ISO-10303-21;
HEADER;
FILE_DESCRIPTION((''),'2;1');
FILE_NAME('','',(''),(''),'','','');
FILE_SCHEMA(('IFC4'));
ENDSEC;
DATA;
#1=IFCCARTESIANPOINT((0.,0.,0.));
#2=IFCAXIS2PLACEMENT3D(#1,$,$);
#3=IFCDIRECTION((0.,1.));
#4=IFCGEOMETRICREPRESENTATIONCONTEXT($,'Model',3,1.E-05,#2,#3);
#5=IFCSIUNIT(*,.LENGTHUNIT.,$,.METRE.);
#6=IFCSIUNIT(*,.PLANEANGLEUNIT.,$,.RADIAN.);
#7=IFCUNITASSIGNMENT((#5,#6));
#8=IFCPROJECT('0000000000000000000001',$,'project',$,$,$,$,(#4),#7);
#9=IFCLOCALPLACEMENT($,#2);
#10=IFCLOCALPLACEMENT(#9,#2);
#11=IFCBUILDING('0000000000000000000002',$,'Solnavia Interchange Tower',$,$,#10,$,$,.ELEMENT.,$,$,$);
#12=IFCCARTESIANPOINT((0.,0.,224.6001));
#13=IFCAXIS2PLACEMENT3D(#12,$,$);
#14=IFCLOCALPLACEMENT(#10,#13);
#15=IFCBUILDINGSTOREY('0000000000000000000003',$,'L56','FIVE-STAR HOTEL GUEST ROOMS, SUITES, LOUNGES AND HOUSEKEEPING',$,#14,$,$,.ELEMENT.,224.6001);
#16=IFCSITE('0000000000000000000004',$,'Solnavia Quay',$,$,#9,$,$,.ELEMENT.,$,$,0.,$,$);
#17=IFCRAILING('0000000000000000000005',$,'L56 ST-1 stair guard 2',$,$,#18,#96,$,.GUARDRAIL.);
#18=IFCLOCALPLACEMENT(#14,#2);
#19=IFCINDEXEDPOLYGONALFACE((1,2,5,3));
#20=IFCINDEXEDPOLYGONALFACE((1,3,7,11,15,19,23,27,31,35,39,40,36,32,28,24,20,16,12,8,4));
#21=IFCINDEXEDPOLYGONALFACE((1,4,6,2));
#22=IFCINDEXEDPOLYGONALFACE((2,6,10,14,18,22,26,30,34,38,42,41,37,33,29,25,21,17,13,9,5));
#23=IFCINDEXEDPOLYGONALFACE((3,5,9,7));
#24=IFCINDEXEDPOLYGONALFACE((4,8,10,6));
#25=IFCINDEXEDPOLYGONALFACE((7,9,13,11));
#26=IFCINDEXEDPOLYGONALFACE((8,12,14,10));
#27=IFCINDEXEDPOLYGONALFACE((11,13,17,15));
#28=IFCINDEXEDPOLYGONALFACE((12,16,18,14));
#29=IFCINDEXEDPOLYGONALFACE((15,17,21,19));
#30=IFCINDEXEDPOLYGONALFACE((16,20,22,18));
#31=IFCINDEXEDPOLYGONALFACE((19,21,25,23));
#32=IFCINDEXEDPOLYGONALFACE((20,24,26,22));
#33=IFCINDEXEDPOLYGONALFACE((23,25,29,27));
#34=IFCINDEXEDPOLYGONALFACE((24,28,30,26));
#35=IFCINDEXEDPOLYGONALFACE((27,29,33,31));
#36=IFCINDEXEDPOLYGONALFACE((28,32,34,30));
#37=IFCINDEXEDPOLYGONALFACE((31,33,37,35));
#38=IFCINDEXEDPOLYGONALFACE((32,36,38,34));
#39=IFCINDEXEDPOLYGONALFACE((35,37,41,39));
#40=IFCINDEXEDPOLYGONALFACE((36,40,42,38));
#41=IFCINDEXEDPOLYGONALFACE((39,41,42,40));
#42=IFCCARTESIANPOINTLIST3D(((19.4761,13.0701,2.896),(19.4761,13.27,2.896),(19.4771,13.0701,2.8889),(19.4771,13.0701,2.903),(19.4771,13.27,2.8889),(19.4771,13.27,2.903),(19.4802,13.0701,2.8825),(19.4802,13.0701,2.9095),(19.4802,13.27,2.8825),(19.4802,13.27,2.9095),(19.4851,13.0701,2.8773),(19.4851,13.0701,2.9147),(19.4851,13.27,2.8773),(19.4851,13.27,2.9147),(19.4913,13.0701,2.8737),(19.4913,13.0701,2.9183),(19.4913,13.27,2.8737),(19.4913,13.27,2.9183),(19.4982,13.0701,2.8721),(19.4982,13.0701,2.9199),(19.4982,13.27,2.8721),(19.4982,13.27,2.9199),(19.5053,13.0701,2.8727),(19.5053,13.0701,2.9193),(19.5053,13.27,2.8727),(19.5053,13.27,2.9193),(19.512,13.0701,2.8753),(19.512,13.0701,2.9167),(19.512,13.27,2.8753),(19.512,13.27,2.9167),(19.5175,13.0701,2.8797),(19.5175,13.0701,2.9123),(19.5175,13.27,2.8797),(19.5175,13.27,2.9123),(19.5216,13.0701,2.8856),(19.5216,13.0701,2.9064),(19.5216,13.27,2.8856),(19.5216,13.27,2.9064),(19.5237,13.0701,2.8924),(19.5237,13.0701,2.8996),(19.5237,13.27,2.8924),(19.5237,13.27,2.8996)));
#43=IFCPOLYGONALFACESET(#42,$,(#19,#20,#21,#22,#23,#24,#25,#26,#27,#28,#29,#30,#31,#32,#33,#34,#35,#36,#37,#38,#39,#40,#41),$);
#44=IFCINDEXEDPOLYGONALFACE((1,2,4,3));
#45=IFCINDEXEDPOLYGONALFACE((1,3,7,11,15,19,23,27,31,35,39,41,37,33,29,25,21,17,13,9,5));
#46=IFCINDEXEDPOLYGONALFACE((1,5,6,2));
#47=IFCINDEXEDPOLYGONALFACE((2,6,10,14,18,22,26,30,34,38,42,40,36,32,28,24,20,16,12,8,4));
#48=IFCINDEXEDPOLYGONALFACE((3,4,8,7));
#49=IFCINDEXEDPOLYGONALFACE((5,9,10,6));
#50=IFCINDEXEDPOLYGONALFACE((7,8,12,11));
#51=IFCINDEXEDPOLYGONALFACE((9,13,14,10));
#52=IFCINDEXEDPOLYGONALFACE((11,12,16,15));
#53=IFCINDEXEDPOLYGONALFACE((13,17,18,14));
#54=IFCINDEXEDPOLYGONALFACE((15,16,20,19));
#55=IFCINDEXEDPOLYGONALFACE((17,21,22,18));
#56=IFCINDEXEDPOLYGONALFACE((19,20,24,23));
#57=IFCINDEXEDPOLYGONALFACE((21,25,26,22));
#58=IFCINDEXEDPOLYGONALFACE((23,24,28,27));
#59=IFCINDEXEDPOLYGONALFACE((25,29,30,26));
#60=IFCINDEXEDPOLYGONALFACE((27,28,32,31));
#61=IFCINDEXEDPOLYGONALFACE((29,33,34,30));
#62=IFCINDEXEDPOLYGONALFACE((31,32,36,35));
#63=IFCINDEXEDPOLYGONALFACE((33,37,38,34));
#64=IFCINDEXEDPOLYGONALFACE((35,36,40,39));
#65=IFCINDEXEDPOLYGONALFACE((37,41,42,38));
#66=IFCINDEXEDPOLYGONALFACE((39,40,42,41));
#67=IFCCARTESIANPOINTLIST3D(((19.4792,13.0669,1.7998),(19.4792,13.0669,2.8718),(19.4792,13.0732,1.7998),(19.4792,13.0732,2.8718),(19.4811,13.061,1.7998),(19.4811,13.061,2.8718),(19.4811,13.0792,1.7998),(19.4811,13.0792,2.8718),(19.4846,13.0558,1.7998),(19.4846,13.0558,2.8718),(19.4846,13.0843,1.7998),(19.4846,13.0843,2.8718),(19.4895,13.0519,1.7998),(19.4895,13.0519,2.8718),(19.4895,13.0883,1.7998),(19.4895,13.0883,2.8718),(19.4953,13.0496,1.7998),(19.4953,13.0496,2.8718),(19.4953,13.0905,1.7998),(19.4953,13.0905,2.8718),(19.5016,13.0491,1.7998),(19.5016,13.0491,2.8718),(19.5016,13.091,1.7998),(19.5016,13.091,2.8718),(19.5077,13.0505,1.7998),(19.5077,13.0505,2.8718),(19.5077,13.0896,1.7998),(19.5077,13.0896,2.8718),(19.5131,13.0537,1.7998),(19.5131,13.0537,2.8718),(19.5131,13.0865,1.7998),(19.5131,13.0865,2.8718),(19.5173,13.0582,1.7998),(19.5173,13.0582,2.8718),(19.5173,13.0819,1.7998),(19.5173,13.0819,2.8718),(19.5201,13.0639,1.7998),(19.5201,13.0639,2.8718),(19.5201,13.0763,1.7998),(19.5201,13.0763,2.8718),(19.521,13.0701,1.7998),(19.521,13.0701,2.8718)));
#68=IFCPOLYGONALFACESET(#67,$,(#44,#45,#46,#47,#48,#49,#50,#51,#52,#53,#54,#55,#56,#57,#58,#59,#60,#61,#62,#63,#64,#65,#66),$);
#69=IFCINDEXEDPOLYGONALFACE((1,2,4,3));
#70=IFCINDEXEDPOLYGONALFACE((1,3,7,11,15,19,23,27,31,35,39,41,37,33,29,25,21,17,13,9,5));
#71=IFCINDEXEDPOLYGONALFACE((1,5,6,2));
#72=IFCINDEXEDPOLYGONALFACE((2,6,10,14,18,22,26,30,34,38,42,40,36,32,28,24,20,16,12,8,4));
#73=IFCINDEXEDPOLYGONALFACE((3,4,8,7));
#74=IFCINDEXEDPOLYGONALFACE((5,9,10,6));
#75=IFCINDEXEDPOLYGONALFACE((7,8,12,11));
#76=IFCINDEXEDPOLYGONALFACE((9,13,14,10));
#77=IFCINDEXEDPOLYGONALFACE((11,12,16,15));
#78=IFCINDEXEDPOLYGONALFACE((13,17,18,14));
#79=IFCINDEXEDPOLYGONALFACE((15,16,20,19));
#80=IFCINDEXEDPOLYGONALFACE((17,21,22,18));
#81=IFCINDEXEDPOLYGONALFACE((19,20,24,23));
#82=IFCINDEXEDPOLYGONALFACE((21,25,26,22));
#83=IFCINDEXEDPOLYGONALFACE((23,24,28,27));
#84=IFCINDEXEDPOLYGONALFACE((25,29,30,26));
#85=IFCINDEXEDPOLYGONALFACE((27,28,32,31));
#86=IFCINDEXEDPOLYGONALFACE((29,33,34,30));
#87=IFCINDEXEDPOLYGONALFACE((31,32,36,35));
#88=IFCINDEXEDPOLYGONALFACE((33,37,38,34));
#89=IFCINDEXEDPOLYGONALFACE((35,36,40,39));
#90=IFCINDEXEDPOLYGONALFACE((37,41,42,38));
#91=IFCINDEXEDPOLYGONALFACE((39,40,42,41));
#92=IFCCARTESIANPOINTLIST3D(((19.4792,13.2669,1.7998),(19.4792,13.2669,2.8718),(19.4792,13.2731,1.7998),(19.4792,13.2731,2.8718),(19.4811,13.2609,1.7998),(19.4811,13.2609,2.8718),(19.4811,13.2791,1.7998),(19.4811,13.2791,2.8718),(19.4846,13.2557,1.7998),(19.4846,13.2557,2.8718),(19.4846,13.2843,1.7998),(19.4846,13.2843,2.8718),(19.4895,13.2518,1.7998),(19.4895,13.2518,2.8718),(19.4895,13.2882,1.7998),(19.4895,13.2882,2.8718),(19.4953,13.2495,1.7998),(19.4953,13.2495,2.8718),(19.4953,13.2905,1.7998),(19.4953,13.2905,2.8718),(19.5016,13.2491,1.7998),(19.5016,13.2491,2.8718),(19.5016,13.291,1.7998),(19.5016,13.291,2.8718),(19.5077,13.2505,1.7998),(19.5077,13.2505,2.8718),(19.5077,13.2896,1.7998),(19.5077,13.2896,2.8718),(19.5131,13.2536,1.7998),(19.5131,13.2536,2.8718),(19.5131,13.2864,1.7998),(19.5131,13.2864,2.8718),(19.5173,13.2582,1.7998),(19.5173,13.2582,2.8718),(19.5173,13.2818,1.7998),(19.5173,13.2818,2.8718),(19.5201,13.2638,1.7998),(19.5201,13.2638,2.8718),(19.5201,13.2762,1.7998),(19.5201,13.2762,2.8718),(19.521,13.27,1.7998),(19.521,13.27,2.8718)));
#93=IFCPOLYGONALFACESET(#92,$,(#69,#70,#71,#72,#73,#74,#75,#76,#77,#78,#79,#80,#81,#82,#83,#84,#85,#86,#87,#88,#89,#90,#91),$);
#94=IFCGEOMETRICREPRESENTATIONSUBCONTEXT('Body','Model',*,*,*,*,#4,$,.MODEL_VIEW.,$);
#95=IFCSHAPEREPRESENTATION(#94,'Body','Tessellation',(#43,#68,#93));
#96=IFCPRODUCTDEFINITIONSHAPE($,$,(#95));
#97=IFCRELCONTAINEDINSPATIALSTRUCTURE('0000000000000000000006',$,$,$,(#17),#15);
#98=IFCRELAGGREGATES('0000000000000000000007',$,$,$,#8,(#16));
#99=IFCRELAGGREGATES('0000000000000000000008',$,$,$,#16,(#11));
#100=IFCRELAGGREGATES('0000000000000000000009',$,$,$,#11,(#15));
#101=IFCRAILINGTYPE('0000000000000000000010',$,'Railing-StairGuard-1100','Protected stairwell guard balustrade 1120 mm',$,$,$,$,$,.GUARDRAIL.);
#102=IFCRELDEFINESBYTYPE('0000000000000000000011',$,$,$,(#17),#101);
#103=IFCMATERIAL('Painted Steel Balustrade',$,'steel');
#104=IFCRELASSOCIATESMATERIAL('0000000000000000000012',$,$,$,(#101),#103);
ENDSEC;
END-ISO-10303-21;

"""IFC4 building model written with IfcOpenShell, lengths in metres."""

from ifc_helpers import new_model, si_unit, direction, frame, origin, origin_2d, place, context, subcontext, project, spatial, circle, extrude, material, type_object, element, save


model = new_model("IFC4")

# Units and contexts
model_context = context("Model", 3, precision=1e-05, world=origin(), true_north=direction((0.0, 1.0)))
body_context = subcontext(model_context, "Body", "Model", "MODEL_VIEW")
ifc_project = project(units=[si_unit("LENGTHUNIT", "METRE"), si_unit("PLANEANGLEUNIT", "RADIAN")], contexts=[model_context])

# Site, building, storey
site_placement = place(None, origin())
site = spatial("IfcSite", under=ifc_project, at=site_placement, Name="Solnavia Quay", CompositionType="ELEMENT", RefElevation=0.0)
building_placement = place(site_placement, origin())
building = spatial("IfcBuilding", under=site, at=building_placement, Name="Solnavia Interchange Tower", CompositionType="ELEMENT")
storey_placement = place(building_placement, frame((0.0, 0.0, 224.6001)))
storey = spatial("IfcBuildingStorey", under=building, at=storey_placement, Name="L56", Description="FIVE-STAR HOTEL GUEST ROOMS, SUITES, LOUNGES AND HOUSEKEEPING", CompositionType="ELEMENT", Elevation=224.6001)

# Railing
ifc_material_1 = material(Name="Painted Steel Balustrade", Category="steel")
railing_type_1 = type_object("IfcRailingType", Name="Railing-StairGuard-1100", Description="Protected stairwell guard balustrade 1120 mm", PredefinedType="GUARDRAIL", material=ifc_material_1)
railing_1_placement = place(storey_placement, frame((19.5, 13.0701, 1.7998)))
element("IfcRailing", 1, at=railing_1_placement, inside=storey, type_object=railing_type_1, Name="L56 ST-1 stair guard 2", PredefinedType="GUARDRAIL", context=body_context, shape_type="SweptSolid", body=[
    extrude(circle(Radius=0.0239, at=origin_2d()), frame((0.0, 0.0, 1.0962), z_axis=(0.0, 1.0, 0.0), x_axis=(-1.0, 0.0, 0.0)), (0.0, 0.0, 1.0), 0.2),
    extrude(circle(Radius=0.021, at=origin_2d()), origin(), (0.0, 0.0, 1.0), 1.072),
    extrude(circle(Radius=0.021, at=origin_2d()), frame((0.0, 0.2, 0.0)), (0.0, 0.0, 1.0), 1.072),
])

save(model, "model.ifc")
